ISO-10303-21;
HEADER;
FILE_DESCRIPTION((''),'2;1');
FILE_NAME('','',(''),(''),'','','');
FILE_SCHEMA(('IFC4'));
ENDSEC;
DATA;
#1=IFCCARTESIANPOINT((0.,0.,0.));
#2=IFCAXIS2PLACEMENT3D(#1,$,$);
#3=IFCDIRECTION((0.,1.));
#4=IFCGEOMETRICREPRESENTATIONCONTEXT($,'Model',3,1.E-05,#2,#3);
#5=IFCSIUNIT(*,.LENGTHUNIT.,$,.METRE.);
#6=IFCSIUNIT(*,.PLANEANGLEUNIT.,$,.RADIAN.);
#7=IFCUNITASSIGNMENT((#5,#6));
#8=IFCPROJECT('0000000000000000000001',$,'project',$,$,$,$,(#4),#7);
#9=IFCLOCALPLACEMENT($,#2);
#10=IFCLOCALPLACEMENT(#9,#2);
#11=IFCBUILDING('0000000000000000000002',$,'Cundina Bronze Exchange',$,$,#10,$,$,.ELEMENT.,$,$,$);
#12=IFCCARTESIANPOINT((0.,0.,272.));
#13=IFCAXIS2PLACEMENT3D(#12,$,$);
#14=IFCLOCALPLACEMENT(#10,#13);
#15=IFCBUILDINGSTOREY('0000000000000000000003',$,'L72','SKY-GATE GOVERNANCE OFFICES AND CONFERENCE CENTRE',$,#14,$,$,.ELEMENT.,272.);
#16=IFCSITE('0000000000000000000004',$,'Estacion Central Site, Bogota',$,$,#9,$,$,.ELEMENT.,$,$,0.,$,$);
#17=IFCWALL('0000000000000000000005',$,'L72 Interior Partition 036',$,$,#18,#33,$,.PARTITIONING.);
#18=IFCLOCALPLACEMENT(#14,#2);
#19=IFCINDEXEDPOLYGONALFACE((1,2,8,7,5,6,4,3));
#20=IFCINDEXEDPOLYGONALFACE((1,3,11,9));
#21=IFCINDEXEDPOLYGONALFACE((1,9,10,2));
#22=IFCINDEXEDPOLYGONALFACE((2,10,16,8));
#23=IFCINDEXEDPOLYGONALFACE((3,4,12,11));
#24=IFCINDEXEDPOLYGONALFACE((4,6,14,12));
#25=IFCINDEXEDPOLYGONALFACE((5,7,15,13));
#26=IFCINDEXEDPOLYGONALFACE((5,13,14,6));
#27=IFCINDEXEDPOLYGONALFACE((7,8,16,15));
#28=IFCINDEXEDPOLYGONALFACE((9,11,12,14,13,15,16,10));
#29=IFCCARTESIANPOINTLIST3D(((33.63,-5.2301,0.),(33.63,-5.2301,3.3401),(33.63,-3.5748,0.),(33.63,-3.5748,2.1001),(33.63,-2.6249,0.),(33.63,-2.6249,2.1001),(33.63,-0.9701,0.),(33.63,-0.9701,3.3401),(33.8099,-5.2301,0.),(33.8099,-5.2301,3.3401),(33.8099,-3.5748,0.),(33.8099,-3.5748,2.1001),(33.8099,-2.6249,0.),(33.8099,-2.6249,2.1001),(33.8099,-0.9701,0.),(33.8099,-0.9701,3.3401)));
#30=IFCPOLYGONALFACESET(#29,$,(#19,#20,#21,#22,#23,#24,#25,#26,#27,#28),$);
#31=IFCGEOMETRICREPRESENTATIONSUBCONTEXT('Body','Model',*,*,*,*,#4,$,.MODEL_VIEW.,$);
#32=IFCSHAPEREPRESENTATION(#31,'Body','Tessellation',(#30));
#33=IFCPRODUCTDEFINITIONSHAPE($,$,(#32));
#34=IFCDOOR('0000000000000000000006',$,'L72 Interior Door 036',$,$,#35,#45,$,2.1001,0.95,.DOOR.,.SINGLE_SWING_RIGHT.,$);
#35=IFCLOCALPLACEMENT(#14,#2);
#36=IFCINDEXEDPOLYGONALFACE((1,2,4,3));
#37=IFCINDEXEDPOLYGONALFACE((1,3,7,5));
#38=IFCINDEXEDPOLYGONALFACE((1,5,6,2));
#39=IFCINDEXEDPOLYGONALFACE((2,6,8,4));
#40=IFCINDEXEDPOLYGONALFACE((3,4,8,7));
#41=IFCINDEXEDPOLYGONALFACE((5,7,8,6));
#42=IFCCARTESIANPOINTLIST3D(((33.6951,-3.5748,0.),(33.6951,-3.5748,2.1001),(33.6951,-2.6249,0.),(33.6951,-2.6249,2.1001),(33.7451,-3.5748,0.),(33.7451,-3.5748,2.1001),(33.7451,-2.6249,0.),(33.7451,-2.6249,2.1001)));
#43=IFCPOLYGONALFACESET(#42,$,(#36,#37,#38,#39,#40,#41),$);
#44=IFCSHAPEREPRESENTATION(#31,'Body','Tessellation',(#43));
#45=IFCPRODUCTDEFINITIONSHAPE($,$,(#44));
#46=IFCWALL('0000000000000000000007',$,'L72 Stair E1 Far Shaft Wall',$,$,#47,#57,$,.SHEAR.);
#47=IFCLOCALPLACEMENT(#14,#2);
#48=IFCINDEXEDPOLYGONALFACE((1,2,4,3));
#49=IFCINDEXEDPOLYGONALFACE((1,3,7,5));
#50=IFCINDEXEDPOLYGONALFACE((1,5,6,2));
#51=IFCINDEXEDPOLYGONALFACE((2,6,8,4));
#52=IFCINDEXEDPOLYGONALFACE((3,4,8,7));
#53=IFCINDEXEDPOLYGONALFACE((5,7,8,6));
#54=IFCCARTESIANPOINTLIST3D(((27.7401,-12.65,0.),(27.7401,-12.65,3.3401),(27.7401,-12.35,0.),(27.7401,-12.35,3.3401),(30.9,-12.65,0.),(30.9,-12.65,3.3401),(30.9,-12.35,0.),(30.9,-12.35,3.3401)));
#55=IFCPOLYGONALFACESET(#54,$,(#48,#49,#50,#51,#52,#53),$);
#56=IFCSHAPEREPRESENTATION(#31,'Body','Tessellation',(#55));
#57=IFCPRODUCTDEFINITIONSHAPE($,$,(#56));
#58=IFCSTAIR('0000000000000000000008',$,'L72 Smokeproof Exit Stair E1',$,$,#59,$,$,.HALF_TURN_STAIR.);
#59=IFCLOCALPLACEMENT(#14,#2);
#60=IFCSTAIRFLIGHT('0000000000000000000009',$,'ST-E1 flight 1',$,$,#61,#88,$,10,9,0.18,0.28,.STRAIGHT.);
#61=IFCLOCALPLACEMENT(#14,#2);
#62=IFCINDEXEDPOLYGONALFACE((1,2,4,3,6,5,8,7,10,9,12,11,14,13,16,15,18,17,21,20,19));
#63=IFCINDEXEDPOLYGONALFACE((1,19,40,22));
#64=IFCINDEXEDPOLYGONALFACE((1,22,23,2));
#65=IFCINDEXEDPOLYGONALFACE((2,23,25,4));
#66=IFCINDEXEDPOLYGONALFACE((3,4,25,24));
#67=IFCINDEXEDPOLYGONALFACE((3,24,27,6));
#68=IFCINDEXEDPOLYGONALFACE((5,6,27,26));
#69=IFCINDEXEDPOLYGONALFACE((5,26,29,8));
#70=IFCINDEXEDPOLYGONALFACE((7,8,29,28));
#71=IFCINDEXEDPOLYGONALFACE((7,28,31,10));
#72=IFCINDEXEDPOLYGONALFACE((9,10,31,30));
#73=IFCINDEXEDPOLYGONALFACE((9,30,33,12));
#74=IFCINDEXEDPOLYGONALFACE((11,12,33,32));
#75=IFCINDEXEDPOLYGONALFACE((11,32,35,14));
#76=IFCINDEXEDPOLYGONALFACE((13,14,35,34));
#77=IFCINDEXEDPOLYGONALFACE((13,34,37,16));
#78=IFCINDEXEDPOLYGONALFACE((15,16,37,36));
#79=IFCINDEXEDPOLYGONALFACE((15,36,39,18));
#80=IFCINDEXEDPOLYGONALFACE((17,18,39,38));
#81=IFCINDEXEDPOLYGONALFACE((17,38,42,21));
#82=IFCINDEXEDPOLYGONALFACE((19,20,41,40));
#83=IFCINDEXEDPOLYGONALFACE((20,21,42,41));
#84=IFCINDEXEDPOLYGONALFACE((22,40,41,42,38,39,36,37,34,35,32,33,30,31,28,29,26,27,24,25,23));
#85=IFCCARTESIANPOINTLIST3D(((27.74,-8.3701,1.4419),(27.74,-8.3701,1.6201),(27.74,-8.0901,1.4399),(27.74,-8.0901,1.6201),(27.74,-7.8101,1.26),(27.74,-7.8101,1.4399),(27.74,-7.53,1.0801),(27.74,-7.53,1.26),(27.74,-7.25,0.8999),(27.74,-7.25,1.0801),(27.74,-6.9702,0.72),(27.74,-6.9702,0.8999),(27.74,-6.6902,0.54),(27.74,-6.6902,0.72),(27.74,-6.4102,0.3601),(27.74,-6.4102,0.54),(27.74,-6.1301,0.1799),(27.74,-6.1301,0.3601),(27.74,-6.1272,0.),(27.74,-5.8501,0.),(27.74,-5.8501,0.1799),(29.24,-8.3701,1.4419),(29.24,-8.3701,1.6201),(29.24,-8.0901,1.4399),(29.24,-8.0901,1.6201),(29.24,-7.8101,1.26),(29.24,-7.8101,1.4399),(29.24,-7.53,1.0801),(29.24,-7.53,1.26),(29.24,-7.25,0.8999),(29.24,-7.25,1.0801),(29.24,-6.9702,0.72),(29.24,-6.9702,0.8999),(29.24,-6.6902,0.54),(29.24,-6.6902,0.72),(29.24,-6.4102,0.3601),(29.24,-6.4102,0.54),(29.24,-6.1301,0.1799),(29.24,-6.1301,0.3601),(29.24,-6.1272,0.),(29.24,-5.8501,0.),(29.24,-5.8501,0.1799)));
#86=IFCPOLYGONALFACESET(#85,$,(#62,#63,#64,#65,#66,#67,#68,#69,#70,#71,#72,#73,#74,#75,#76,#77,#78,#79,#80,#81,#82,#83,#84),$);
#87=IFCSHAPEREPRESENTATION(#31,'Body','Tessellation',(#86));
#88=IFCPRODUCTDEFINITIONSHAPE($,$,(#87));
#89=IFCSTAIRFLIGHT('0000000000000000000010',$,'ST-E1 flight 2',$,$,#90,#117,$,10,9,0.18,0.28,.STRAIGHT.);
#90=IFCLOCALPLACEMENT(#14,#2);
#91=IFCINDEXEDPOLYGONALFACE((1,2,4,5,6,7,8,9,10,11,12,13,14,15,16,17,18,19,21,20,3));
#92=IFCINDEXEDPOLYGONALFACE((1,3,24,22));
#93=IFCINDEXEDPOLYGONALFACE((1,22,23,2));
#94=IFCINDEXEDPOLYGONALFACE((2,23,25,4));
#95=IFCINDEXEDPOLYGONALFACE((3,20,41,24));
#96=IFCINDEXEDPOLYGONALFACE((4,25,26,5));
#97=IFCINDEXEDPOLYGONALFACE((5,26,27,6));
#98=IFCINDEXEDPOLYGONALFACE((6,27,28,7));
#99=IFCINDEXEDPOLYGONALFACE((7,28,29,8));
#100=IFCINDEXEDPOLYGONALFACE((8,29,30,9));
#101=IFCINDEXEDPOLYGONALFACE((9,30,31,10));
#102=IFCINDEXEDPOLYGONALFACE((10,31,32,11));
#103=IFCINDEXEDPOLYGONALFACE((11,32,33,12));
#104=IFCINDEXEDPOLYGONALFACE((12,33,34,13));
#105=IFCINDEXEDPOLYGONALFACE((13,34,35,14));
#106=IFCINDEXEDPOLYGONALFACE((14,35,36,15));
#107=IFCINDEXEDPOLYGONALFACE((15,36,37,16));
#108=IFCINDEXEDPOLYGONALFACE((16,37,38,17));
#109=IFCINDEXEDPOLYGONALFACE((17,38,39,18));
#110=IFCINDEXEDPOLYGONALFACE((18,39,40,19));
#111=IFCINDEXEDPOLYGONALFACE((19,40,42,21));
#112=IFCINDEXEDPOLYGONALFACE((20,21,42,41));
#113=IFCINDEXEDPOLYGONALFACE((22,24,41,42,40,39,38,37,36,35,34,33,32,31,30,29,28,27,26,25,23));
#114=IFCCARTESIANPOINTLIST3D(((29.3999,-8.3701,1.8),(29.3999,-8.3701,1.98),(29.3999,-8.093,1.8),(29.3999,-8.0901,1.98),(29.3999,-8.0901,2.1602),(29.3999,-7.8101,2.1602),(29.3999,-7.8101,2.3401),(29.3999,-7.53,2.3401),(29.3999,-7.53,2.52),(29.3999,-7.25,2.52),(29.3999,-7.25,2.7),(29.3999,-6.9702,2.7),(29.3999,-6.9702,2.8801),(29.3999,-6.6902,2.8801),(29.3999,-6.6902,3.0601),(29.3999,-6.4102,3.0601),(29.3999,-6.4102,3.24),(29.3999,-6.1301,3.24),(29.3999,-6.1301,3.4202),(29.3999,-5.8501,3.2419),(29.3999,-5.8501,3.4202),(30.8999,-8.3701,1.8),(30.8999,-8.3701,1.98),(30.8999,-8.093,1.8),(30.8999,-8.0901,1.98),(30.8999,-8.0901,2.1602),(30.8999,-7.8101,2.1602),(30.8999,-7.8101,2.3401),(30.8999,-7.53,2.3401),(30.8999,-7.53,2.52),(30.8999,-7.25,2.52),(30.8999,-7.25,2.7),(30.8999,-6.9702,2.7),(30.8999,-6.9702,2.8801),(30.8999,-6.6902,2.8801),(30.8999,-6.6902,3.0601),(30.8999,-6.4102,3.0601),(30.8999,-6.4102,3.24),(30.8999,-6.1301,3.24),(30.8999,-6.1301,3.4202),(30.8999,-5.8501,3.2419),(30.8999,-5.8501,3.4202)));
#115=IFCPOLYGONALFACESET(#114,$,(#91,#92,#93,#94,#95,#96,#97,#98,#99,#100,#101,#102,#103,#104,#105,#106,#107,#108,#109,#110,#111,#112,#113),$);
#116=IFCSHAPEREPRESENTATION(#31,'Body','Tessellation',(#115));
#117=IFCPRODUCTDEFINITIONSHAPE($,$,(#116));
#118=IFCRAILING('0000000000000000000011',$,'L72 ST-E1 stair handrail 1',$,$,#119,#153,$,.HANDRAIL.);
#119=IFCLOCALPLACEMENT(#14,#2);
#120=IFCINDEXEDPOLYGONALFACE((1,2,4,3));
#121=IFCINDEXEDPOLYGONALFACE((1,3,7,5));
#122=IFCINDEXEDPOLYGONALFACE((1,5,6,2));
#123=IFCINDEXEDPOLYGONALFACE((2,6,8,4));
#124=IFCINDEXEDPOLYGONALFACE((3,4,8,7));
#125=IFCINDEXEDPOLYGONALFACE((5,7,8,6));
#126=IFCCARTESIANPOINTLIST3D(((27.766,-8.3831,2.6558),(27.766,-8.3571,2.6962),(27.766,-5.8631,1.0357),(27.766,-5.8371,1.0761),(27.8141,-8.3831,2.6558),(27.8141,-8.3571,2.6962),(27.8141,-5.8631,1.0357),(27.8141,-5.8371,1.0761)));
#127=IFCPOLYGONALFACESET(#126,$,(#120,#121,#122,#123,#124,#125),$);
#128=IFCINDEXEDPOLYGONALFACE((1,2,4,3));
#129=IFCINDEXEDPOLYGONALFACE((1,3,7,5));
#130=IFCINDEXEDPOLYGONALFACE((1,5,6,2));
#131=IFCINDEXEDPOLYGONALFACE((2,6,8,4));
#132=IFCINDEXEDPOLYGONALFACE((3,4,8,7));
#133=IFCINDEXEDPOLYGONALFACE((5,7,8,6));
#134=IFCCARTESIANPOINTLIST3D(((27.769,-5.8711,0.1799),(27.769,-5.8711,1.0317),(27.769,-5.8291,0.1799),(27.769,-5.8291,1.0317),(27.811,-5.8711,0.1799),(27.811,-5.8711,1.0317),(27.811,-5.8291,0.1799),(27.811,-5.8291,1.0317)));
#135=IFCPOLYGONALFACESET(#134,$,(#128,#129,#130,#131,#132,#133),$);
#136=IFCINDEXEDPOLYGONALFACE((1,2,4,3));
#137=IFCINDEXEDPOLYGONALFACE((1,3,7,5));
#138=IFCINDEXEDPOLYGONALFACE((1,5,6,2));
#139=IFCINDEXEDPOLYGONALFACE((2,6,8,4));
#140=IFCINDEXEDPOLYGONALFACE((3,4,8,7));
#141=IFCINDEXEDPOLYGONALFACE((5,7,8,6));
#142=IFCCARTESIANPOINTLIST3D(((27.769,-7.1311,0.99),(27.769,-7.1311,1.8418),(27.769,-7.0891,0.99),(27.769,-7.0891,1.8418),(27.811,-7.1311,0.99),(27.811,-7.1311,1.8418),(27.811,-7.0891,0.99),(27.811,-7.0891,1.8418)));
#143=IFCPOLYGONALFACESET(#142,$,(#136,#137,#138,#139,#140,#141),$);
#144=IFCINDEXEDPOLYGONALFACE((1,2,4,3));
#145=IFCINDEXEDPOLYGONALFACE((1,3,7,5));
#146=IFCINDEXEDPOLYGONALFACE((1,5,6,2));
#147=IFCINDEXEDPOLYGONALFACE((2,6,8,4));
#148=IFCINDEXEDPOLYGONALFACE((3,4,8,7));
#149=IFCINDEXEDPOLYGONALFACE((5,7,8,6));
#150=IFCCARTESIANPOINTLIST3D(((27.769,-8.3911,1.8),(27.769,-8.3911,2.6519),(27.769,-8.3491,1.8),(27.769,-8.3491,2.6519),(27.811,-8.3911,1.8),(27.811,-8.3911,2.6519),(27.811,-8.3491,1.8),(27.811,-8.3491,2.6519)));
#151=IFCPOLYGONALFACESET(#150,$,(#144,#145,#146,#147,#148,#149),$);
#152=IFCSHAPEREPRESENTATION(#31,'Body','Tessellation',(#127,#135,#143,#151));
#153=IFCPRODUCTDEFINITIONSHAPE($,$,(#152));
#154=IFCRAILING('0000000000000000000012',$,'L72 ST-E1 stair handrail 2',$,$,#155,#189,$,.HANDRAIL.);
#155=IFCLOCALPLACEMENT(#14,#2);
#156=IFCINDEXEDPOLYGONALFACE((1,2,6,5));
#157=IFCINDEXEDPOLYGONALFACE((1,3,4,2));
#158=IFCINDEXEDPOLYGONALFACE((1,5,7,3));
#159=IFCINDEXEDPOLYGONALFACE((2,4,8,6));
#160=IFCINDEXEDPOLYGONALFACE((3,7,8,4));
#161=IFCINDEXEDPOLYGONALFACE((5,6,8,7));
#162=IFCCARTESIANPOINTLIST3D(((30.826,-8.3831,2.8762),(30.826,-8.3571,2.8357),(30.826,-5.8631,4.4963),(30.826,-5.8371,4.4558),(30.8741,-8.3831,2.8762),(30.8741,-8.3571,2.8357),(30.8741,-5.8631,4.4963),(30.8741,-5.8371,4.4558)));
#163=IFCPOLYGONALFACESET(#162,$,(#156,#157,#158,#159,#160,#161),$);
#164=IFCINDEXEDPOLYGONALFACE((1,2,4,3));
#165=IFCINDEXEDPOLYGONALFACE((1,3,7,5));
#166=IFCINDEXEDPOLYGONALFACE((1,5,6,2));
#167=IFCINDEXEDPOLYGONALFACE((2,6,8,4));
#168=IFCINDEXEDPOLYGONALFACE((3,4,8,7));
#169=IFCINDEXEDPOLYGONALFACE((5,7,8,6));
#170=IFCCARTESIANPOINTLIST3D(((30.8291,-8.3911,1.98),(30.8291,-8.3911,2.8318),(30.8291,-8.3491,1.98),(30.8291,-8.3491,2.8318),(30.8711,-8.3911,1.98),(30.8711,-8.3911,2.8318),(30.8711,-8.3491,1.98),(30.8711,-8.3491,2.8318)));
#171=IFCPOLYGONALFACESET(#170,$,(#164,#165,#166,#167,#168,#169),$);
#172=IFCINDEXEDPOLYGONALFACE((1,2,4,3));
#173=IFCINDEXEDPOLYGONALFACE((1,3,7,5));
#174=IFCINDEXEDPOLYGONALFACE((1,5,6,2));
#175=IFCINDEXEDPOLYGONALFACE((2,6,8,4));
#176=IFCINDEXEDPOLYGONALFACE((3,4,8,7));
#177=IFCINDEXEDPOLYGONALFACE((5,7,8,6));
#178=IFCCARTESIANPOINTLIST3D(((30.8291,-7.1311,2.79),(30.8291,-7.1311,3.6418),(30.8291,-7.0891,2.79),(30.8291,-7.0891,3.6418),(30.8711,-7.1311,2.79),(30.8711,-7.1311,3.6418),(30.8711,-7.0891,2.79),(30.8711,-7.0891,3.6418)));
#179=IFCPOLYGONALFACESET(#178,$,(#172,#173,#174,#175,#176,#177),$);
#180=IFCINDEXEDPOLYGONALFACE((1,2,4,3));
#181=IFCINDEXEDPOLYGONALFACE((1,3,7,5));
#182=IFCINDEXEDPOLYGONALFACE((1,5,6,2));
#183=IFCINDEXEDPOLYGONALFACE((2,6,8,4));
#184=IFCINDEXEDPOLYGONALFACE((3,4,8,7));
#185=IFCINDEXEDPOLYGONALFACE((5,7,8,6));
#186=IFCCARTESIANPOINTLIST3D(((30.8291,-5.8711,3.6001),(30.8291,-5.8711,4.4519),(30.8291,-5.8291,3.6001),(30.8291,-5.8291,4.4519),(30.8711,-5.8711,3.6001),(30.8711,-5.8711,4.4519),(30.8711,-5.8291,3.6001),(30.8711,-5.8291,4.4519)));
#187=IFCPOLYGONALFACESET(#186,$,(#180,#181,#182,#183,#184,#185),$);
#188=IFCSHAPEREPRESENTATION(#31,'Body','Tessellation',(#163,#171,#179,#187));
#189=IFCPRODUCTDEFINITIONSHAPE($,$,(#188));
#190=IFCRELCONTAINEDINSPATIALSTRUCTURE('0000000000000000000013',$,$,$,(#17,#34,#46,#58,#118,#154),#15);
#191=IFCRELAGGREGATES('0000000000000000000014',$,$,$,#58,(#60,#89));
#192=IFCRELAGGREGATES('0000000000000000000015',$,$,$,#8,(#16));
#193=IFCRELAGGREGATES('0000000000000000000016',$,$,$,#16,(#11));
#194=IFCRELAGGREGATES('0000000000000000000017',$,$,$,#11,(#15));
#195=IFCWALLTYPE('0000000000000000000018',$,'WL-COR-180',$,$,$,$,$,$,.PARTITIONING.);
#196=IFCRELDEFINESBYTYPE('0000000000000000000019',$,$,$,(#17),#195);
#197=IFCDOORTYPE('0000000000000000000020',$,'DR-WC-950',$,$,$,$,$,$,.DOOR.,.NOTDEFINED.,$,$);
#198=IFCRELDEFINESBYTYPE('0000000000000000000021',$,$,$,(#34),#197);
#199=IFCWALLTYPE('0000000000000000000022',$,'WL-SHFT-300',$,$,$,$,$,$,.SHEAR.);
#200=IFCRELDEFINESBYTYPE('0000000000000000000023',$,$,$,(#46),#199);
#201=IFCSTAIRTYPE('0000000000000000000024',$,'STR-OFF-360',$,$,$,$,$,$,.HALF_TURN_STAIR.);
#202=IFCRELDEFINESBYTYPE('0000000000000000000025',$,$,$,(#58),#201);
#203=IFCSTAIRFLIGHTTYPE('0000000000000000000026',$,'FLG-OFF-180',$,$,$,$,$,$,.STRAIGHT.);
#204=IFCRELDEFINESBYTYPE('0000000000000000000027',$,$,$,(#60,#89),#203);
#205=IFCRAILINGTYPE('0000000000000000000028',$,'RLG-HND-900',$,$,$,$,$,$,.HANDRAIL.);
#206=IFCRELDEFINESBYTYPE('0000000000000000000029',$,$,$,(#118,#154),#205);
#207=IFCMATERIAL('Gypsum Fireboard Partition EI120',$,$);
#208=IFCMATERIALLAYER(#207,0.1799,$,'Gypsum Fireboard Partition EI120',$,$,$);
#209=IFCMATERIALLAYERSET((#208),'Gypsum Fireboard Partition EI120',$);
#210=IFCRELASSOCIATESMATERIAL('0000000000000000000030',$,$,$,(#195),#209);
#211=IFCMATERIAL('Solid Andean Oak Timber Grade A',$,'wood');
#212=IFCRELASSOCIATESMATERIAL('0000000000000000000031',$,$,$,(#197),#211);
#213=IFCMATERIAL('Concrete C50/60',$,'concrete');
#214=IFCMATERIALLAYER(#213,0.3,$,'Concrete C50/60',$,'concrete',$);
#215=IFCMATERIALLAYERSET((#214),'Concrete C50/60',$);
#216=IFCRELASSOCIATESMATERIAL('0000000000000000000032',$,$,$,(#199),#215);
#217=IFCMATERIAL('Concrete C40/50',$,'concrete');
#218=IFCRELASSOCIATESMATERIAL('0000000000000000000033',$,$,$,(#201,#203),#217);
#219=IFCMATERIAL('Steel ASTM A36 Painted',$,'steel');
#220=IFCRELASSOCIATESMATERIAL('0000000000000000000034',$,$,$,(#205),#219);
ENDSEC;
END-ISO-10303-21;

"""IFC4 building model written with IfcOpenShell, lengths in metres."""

from ifc_helpers import new_model, si_unit, direction, frame, frame_2d, origin, origin_2d, place, context, subcontext, project, spatial, polyline, rectangle, outline, extrude, material, layer, layer_set, type_object, element, fill, aggregate, save


model = new_model("IFC4")

# Units and contexts
model_context = context("Model", 3, precision=1e-05, world=origin(), true_north=direction((0.0, 1.0)))
body_context = subcontext(model_context, "Body", "Model", "MODEL_VIEW")
ifc_project = project(units=[si_unit("LENGTHUNIT", "METRE"), si_unit("PLANEANGLEUNIT", "RADIAN")], contexts=[model_context])

# Site, building, storey
site_placement = place(None, origin())
site = spatial("IfcSite", under=ifc_project, at=site_placement, Name="Estacion Central Site, Bogota", CompositionType="ELEMENT", RefElevation=0.0)
building_placement = place(site_placement, origin())
building = spatial("IfcBuilding", under=site, at=building_placement, Name="Cundina Bronze Exchange", CompositionType="ELEMENT")
storey_placement = place(building_placement, frame((0.0, 0.0, 272.0)))
storey = spatial("IfcBuildingStorey", under=building, at=storey_placement, Name="L72", Description="SKY-GATE GOVERNANCE OFFICES AND CONFERENCE CENTRE", CompositionType="ELEMENT", Elevation=272.0)

# Wall, opening, door
ifc_material_1 = material(Name="Gypsum Fireboard Partition EI120")
ifc_layer_1 = layer(ifc_material_1, 0.1799, Name="Gypsum Fireboard Partition EI120")
ifc_layer_set_1 = layer_set([ifc_layer_1], Name="Gypsum Fireboard Partition EI120")
wall_type_1 = type_object("IfcWallType", Name="WL-COR-180", PredefinedType="PARTITIONING", material=ifc_layer_set_1)
wall_1_placement = place(storey_placement, frame((33.72, -5.23, 0.0), z_axis=(0.0, 0.0, 1.0), x_axis=(0.0, 1.0, 0.0)))
wall_1 = element("IfcWall", 1, at=wall_1_placement, inside=storey, type_object=wall_type_1, Name="L72 Interior Partition 036", PredefinedType="PARTITIONING", context=body_context, shape_type="SweptSolid", body=[
    extrude(rectangle(XDim=4.26, YDim=0.1799, at=frame_2d((2.1299, 0.0))), origin(), (0.0, 0.0, 1.0), 3.3401),
])
opening_1_placement = place(wall_1_placement, frame((1.655, 0.0, 0.0)))
opening_1 = element("IfcOpeningElement", 2, at=opening_1_placement, cuts=wall_1, PredefinedType="OPENING", context=body_context, shape_type="SweptSolid", body=[
    extrude(rectangle(XDim=0.95, YDim=2.1001, at=frame_2d((0.4751, 1.05))), frame((0.0, 0.0999, 0.0), z_axis=(0.0, -1.0, 0.0), x_axis=(1.0, 0.0, 0.0)), (0.0, 0.0, 1.0), 0.2),
])
ifc_material_2 = material(Name="Solid Andean Oak Timber Grade A", Category="wood")
door_type_1 = type_object("IfcDoorType", Name="DR-WC-950", OperationType="NOTDEFINED", PredefinedType="DOOR", material=ifc_material_2)
door_1_placement = place(opening_1_placement, origin())
door_1 = element("IfcDoor", 3, at=door_1_placement, inside=storey, type_object=door_type_1, Name="L72 Interior Door 036", OperationType="SINGLE_SWING_RIGHT", OverallHeight=2.1001, OverallWidth=0.95, PredefinedType="DOOR", context=body_context, shape_type="SweptSolid", body=[
    extrude(rectangle(XDim=0.95, YDim=2.1001, at=frame_2d((0.4751, 1.05))), frame((0.0, 0.0249, 0.0), z_axis=(0.0, -1.0, 0.0), x_axis=(1.0, 0.0, 0.0)), (0.0, 0.0, 1.0), 0.05),
])
fill(opening_1, door_1)
ifc_material_3 = material(Name="Concrete C50/60", Category="concrete")
ifc_layer_2 = layer(ifc_material_3, 0.3, Name="Concrete C50/60", Category="concrete")
ifc_layer_set_2 = layer_set([ifc_layer_2], Name="Concrete C50/60")
wall_type_2 = type_object("IfcWallType", Name="WL-SHFT-300", PredefinedType="SHEAR", material=ifc_layer_set_2)
ifc_material_4 = material(Name="Steel ASTM A36 Painted", Category="steel")

# Wall
wall_2_placement = place(storey_placement, frame((27.74, -12.5, 0.0), z_axis=(0.0, 0.0, 1.0), x_axis=(1.0, 0.0, 0.0)))
element("IfcWall", 4, at=wall_2_placement, inside=storey, type_object=wall_type_2, Name="L72 Stair E1 Far Shaft Wall", PredefinedType="SHEAR", context=body_context, shape_type="SweptSolid", body=[
    extrude(rectangle(XDim=3.1599, YDim=0.3, at=frame_2d((1.5801, 0.0))), origin(), (0.0, 0.0, 1.0), 3.3401),
])

# Stair, stair flights
ifc_material_5 = material(Name="Concrete C40/50", Category="concrete")
stair_type = type_object("IfcStairType", Name="STR-OFF-360", PredefinedType="HALF_TURN_STAIR", material=ifc_material_5)
stair_placement = place(storey_placement, origin())
stair = element("IfcStair", 5, at=stair_placement, inside=storey, type_object=stair_type, Name="L72 Smokeproof Exit Stair E1", PredefinedType="HALF_TURN_STAIR")
stair_flight_type = type_object("IfcStairFlightType", Name="FLG-OFF-180", PredefinedType="STRAIGHT", material=ifc_material_5)
stair_flight_1_placement = place(storey_placement, frame((28.49, -5.8501, 0.0), z_axis=(0.0, 0.0, 1.0), x_axis=(0.0, -1.0, 0.0)))
stair_flight_1 = element("IfcStairFlight", 6, at=stair_flight_1_placement, type_object=stair_flight_type, Name="ST-E1 flight 1", NumberOfRisers=10, NumberOfTreads=9, PredefinedType="STRAIGHT", RiserHeight=0.18, TreadLength=0.28, context=body_context, shape_type="SweptSolid", body=[
    extrude(outline(polyline([(0.0, 0.0), (0.0, 0.1799), (0.28, 0.1799), (0.28, 0.3601), (0.5601, 0.3601), (0.5601, 0.54), (0.8401, 0.54), (0.8401, 0.72), (1.1201, 0.72), (1.1201, 0.8999), (1.3999, 0.8999), (1.3999, 1.0801), (1.6799, 1.0801), (1.6799, 1.26), (1.96, 1.26), (1.96, 1.4399), (2.24, 1.4399), (2.24, 1.6201), (2.52, 1.6201), (2.52, 1.8), (2.52, 1.4419), (0.2771, 0.0), (0.0, 0.0)])), frame((0.0, 0.75, 0.0), z_axis=(0.0, -1.0, 0.0), x_axis=(1.0, 0.0, 0.0)), (0.0, 0.0, 1.0), 1.5),
])
stair_flight_2_placement = place(storey_placement, frame((30.1499, -8.3701, 1.8), z_axis=(0.0, 0.0, 1.0), x_axis=(0.0, 1.0, 0.0)))
stair_flight_2 = element("IfcStairFlight", 7, at=stair_flight_2_placement, type_object=stair_flight_type, Name="ST-E1 flight 2", NumberOfRisers=10, NumberOfTreads=9, PredefinedType="STRAIGHT", RiserHeight=0.18, TreadLength=0.28, context=body_context, shape_type="SweptSolid", body=[
    extrude(outline(polyline([(0.0, 0.0), (0.0, 0.1799), (0.28, 0.1799), (0.28, 0.3601), (0.5601, 0.3601), (0.5601, 0.54), (0.8401, 0.54), (0.8401, 0.72), (1.1201, 0.72), (1.1201, 0.8999), (1.3999, 0.8999), (1.3999, 1.0801), (1.6799, 1.0801), (1.6799, 1.26), (1.96, 1.26), (1.96, 1.4399), (2.24, 1.4399), (2.24, 1.6201), (2.52, 1.6201), (2.52, 1.8), (2.52, 1.4419), (0.2771, 0.0), (0.0, 0.0)])), frame((0.0, 0.75, 0.0), z_axis=(0.0, -1.0, 0.0), x_axis=(1.0, 0.0, 0.0)), (0.0, 0.0, 1.0), 1.5),
])
aggregate(stair, [stair_flight_1, stair_flight_2])

# Railings
railing_type_1 = type_object("IfcRailingType", Name="RLG-HND-900", PredefinedType="HANDRAIL", material=ifc_material_4)
railing_1_placement = place(storey_placement, frame((27.79, -5.8501, 0.1799)))
element("IfcRailing", 8, at=railing_1_placement, inside=storey, type_object=railing_type_1, Name="L72 ST-E1 stair handrail 1", PredefinedType="HANDRAIL", context=body_context, shape_type="SweptSolid", body=[
    extrude(rectangle(XDim=0.0481, YDim=0.0481, at=origin_2d()), frame((0.0, 0.0, 0.876), z_axis=(0.0, -0.841163, 0.540782), x_axis=(1.0, 0.0, 0.0)), (0.0, 0.0, 1.0), 2.9958),
    extrude(rectangle(XDim=0.042, YDim=0.042, at=origin_2d()), origin(), (0.0, 0.0, 1.0), 0.8518),
    extrude(rectangle(XDim=0.042, YDim=0.042, at=origin_2d()), frame((0.0, -1.26, 0.8101)), (0.0, 0.0, 1.0), 0.8518),
    extrude(rectangle(XDim=0.042, YDim=0.042, at=origin_2d()), frame((0.0, -2.52, 1.6201)), (0.0, 0.0, 1.0), 0.8518),
])
railing_2_placement = place(storey_placement, frame((30.8501, -8.3701, 1.98)))
element("IfcRailing", 9, at=railing_2_placement, inside=storey, type_object=railing_type_1, Name="L72 ST-E1 stair handrail 2", PredefinedType="HANDRAIL", context=body_context, shape_type="SweptSolid", body=[
    extrude(rectangle(XDim=0.0481, YDim=0.0481, at=origin_2d()), frame((0.0, 0.0, 0.876), z_axis=(0.0, 0.841163, 0.540782), x_axis=(-1.0, 0.0, 0.0)), (0.0, 0.0, 1.0), 2.9958),
    extrude(rectangle(XDim=0.042, YDim=0.042, at=origin_2d()), origin(), (0.0, 0.0, 1.0), 0.8518),
    extrude(rectangle(XDim=0.042, YDim=0.042, at=origin_2d()), frame((0.0, 1.26, 0.8101)), (0.0, 0.0, 1.0), 0.8518),
    extrude(rectangle(XDim=0.042, YDim=0.042, at=origin_2d()), frame((0.0, 2.52, 1.6201)), (0.0, 0.0, 1.0), 0.8518),
])

save(model, "model.ifc")
